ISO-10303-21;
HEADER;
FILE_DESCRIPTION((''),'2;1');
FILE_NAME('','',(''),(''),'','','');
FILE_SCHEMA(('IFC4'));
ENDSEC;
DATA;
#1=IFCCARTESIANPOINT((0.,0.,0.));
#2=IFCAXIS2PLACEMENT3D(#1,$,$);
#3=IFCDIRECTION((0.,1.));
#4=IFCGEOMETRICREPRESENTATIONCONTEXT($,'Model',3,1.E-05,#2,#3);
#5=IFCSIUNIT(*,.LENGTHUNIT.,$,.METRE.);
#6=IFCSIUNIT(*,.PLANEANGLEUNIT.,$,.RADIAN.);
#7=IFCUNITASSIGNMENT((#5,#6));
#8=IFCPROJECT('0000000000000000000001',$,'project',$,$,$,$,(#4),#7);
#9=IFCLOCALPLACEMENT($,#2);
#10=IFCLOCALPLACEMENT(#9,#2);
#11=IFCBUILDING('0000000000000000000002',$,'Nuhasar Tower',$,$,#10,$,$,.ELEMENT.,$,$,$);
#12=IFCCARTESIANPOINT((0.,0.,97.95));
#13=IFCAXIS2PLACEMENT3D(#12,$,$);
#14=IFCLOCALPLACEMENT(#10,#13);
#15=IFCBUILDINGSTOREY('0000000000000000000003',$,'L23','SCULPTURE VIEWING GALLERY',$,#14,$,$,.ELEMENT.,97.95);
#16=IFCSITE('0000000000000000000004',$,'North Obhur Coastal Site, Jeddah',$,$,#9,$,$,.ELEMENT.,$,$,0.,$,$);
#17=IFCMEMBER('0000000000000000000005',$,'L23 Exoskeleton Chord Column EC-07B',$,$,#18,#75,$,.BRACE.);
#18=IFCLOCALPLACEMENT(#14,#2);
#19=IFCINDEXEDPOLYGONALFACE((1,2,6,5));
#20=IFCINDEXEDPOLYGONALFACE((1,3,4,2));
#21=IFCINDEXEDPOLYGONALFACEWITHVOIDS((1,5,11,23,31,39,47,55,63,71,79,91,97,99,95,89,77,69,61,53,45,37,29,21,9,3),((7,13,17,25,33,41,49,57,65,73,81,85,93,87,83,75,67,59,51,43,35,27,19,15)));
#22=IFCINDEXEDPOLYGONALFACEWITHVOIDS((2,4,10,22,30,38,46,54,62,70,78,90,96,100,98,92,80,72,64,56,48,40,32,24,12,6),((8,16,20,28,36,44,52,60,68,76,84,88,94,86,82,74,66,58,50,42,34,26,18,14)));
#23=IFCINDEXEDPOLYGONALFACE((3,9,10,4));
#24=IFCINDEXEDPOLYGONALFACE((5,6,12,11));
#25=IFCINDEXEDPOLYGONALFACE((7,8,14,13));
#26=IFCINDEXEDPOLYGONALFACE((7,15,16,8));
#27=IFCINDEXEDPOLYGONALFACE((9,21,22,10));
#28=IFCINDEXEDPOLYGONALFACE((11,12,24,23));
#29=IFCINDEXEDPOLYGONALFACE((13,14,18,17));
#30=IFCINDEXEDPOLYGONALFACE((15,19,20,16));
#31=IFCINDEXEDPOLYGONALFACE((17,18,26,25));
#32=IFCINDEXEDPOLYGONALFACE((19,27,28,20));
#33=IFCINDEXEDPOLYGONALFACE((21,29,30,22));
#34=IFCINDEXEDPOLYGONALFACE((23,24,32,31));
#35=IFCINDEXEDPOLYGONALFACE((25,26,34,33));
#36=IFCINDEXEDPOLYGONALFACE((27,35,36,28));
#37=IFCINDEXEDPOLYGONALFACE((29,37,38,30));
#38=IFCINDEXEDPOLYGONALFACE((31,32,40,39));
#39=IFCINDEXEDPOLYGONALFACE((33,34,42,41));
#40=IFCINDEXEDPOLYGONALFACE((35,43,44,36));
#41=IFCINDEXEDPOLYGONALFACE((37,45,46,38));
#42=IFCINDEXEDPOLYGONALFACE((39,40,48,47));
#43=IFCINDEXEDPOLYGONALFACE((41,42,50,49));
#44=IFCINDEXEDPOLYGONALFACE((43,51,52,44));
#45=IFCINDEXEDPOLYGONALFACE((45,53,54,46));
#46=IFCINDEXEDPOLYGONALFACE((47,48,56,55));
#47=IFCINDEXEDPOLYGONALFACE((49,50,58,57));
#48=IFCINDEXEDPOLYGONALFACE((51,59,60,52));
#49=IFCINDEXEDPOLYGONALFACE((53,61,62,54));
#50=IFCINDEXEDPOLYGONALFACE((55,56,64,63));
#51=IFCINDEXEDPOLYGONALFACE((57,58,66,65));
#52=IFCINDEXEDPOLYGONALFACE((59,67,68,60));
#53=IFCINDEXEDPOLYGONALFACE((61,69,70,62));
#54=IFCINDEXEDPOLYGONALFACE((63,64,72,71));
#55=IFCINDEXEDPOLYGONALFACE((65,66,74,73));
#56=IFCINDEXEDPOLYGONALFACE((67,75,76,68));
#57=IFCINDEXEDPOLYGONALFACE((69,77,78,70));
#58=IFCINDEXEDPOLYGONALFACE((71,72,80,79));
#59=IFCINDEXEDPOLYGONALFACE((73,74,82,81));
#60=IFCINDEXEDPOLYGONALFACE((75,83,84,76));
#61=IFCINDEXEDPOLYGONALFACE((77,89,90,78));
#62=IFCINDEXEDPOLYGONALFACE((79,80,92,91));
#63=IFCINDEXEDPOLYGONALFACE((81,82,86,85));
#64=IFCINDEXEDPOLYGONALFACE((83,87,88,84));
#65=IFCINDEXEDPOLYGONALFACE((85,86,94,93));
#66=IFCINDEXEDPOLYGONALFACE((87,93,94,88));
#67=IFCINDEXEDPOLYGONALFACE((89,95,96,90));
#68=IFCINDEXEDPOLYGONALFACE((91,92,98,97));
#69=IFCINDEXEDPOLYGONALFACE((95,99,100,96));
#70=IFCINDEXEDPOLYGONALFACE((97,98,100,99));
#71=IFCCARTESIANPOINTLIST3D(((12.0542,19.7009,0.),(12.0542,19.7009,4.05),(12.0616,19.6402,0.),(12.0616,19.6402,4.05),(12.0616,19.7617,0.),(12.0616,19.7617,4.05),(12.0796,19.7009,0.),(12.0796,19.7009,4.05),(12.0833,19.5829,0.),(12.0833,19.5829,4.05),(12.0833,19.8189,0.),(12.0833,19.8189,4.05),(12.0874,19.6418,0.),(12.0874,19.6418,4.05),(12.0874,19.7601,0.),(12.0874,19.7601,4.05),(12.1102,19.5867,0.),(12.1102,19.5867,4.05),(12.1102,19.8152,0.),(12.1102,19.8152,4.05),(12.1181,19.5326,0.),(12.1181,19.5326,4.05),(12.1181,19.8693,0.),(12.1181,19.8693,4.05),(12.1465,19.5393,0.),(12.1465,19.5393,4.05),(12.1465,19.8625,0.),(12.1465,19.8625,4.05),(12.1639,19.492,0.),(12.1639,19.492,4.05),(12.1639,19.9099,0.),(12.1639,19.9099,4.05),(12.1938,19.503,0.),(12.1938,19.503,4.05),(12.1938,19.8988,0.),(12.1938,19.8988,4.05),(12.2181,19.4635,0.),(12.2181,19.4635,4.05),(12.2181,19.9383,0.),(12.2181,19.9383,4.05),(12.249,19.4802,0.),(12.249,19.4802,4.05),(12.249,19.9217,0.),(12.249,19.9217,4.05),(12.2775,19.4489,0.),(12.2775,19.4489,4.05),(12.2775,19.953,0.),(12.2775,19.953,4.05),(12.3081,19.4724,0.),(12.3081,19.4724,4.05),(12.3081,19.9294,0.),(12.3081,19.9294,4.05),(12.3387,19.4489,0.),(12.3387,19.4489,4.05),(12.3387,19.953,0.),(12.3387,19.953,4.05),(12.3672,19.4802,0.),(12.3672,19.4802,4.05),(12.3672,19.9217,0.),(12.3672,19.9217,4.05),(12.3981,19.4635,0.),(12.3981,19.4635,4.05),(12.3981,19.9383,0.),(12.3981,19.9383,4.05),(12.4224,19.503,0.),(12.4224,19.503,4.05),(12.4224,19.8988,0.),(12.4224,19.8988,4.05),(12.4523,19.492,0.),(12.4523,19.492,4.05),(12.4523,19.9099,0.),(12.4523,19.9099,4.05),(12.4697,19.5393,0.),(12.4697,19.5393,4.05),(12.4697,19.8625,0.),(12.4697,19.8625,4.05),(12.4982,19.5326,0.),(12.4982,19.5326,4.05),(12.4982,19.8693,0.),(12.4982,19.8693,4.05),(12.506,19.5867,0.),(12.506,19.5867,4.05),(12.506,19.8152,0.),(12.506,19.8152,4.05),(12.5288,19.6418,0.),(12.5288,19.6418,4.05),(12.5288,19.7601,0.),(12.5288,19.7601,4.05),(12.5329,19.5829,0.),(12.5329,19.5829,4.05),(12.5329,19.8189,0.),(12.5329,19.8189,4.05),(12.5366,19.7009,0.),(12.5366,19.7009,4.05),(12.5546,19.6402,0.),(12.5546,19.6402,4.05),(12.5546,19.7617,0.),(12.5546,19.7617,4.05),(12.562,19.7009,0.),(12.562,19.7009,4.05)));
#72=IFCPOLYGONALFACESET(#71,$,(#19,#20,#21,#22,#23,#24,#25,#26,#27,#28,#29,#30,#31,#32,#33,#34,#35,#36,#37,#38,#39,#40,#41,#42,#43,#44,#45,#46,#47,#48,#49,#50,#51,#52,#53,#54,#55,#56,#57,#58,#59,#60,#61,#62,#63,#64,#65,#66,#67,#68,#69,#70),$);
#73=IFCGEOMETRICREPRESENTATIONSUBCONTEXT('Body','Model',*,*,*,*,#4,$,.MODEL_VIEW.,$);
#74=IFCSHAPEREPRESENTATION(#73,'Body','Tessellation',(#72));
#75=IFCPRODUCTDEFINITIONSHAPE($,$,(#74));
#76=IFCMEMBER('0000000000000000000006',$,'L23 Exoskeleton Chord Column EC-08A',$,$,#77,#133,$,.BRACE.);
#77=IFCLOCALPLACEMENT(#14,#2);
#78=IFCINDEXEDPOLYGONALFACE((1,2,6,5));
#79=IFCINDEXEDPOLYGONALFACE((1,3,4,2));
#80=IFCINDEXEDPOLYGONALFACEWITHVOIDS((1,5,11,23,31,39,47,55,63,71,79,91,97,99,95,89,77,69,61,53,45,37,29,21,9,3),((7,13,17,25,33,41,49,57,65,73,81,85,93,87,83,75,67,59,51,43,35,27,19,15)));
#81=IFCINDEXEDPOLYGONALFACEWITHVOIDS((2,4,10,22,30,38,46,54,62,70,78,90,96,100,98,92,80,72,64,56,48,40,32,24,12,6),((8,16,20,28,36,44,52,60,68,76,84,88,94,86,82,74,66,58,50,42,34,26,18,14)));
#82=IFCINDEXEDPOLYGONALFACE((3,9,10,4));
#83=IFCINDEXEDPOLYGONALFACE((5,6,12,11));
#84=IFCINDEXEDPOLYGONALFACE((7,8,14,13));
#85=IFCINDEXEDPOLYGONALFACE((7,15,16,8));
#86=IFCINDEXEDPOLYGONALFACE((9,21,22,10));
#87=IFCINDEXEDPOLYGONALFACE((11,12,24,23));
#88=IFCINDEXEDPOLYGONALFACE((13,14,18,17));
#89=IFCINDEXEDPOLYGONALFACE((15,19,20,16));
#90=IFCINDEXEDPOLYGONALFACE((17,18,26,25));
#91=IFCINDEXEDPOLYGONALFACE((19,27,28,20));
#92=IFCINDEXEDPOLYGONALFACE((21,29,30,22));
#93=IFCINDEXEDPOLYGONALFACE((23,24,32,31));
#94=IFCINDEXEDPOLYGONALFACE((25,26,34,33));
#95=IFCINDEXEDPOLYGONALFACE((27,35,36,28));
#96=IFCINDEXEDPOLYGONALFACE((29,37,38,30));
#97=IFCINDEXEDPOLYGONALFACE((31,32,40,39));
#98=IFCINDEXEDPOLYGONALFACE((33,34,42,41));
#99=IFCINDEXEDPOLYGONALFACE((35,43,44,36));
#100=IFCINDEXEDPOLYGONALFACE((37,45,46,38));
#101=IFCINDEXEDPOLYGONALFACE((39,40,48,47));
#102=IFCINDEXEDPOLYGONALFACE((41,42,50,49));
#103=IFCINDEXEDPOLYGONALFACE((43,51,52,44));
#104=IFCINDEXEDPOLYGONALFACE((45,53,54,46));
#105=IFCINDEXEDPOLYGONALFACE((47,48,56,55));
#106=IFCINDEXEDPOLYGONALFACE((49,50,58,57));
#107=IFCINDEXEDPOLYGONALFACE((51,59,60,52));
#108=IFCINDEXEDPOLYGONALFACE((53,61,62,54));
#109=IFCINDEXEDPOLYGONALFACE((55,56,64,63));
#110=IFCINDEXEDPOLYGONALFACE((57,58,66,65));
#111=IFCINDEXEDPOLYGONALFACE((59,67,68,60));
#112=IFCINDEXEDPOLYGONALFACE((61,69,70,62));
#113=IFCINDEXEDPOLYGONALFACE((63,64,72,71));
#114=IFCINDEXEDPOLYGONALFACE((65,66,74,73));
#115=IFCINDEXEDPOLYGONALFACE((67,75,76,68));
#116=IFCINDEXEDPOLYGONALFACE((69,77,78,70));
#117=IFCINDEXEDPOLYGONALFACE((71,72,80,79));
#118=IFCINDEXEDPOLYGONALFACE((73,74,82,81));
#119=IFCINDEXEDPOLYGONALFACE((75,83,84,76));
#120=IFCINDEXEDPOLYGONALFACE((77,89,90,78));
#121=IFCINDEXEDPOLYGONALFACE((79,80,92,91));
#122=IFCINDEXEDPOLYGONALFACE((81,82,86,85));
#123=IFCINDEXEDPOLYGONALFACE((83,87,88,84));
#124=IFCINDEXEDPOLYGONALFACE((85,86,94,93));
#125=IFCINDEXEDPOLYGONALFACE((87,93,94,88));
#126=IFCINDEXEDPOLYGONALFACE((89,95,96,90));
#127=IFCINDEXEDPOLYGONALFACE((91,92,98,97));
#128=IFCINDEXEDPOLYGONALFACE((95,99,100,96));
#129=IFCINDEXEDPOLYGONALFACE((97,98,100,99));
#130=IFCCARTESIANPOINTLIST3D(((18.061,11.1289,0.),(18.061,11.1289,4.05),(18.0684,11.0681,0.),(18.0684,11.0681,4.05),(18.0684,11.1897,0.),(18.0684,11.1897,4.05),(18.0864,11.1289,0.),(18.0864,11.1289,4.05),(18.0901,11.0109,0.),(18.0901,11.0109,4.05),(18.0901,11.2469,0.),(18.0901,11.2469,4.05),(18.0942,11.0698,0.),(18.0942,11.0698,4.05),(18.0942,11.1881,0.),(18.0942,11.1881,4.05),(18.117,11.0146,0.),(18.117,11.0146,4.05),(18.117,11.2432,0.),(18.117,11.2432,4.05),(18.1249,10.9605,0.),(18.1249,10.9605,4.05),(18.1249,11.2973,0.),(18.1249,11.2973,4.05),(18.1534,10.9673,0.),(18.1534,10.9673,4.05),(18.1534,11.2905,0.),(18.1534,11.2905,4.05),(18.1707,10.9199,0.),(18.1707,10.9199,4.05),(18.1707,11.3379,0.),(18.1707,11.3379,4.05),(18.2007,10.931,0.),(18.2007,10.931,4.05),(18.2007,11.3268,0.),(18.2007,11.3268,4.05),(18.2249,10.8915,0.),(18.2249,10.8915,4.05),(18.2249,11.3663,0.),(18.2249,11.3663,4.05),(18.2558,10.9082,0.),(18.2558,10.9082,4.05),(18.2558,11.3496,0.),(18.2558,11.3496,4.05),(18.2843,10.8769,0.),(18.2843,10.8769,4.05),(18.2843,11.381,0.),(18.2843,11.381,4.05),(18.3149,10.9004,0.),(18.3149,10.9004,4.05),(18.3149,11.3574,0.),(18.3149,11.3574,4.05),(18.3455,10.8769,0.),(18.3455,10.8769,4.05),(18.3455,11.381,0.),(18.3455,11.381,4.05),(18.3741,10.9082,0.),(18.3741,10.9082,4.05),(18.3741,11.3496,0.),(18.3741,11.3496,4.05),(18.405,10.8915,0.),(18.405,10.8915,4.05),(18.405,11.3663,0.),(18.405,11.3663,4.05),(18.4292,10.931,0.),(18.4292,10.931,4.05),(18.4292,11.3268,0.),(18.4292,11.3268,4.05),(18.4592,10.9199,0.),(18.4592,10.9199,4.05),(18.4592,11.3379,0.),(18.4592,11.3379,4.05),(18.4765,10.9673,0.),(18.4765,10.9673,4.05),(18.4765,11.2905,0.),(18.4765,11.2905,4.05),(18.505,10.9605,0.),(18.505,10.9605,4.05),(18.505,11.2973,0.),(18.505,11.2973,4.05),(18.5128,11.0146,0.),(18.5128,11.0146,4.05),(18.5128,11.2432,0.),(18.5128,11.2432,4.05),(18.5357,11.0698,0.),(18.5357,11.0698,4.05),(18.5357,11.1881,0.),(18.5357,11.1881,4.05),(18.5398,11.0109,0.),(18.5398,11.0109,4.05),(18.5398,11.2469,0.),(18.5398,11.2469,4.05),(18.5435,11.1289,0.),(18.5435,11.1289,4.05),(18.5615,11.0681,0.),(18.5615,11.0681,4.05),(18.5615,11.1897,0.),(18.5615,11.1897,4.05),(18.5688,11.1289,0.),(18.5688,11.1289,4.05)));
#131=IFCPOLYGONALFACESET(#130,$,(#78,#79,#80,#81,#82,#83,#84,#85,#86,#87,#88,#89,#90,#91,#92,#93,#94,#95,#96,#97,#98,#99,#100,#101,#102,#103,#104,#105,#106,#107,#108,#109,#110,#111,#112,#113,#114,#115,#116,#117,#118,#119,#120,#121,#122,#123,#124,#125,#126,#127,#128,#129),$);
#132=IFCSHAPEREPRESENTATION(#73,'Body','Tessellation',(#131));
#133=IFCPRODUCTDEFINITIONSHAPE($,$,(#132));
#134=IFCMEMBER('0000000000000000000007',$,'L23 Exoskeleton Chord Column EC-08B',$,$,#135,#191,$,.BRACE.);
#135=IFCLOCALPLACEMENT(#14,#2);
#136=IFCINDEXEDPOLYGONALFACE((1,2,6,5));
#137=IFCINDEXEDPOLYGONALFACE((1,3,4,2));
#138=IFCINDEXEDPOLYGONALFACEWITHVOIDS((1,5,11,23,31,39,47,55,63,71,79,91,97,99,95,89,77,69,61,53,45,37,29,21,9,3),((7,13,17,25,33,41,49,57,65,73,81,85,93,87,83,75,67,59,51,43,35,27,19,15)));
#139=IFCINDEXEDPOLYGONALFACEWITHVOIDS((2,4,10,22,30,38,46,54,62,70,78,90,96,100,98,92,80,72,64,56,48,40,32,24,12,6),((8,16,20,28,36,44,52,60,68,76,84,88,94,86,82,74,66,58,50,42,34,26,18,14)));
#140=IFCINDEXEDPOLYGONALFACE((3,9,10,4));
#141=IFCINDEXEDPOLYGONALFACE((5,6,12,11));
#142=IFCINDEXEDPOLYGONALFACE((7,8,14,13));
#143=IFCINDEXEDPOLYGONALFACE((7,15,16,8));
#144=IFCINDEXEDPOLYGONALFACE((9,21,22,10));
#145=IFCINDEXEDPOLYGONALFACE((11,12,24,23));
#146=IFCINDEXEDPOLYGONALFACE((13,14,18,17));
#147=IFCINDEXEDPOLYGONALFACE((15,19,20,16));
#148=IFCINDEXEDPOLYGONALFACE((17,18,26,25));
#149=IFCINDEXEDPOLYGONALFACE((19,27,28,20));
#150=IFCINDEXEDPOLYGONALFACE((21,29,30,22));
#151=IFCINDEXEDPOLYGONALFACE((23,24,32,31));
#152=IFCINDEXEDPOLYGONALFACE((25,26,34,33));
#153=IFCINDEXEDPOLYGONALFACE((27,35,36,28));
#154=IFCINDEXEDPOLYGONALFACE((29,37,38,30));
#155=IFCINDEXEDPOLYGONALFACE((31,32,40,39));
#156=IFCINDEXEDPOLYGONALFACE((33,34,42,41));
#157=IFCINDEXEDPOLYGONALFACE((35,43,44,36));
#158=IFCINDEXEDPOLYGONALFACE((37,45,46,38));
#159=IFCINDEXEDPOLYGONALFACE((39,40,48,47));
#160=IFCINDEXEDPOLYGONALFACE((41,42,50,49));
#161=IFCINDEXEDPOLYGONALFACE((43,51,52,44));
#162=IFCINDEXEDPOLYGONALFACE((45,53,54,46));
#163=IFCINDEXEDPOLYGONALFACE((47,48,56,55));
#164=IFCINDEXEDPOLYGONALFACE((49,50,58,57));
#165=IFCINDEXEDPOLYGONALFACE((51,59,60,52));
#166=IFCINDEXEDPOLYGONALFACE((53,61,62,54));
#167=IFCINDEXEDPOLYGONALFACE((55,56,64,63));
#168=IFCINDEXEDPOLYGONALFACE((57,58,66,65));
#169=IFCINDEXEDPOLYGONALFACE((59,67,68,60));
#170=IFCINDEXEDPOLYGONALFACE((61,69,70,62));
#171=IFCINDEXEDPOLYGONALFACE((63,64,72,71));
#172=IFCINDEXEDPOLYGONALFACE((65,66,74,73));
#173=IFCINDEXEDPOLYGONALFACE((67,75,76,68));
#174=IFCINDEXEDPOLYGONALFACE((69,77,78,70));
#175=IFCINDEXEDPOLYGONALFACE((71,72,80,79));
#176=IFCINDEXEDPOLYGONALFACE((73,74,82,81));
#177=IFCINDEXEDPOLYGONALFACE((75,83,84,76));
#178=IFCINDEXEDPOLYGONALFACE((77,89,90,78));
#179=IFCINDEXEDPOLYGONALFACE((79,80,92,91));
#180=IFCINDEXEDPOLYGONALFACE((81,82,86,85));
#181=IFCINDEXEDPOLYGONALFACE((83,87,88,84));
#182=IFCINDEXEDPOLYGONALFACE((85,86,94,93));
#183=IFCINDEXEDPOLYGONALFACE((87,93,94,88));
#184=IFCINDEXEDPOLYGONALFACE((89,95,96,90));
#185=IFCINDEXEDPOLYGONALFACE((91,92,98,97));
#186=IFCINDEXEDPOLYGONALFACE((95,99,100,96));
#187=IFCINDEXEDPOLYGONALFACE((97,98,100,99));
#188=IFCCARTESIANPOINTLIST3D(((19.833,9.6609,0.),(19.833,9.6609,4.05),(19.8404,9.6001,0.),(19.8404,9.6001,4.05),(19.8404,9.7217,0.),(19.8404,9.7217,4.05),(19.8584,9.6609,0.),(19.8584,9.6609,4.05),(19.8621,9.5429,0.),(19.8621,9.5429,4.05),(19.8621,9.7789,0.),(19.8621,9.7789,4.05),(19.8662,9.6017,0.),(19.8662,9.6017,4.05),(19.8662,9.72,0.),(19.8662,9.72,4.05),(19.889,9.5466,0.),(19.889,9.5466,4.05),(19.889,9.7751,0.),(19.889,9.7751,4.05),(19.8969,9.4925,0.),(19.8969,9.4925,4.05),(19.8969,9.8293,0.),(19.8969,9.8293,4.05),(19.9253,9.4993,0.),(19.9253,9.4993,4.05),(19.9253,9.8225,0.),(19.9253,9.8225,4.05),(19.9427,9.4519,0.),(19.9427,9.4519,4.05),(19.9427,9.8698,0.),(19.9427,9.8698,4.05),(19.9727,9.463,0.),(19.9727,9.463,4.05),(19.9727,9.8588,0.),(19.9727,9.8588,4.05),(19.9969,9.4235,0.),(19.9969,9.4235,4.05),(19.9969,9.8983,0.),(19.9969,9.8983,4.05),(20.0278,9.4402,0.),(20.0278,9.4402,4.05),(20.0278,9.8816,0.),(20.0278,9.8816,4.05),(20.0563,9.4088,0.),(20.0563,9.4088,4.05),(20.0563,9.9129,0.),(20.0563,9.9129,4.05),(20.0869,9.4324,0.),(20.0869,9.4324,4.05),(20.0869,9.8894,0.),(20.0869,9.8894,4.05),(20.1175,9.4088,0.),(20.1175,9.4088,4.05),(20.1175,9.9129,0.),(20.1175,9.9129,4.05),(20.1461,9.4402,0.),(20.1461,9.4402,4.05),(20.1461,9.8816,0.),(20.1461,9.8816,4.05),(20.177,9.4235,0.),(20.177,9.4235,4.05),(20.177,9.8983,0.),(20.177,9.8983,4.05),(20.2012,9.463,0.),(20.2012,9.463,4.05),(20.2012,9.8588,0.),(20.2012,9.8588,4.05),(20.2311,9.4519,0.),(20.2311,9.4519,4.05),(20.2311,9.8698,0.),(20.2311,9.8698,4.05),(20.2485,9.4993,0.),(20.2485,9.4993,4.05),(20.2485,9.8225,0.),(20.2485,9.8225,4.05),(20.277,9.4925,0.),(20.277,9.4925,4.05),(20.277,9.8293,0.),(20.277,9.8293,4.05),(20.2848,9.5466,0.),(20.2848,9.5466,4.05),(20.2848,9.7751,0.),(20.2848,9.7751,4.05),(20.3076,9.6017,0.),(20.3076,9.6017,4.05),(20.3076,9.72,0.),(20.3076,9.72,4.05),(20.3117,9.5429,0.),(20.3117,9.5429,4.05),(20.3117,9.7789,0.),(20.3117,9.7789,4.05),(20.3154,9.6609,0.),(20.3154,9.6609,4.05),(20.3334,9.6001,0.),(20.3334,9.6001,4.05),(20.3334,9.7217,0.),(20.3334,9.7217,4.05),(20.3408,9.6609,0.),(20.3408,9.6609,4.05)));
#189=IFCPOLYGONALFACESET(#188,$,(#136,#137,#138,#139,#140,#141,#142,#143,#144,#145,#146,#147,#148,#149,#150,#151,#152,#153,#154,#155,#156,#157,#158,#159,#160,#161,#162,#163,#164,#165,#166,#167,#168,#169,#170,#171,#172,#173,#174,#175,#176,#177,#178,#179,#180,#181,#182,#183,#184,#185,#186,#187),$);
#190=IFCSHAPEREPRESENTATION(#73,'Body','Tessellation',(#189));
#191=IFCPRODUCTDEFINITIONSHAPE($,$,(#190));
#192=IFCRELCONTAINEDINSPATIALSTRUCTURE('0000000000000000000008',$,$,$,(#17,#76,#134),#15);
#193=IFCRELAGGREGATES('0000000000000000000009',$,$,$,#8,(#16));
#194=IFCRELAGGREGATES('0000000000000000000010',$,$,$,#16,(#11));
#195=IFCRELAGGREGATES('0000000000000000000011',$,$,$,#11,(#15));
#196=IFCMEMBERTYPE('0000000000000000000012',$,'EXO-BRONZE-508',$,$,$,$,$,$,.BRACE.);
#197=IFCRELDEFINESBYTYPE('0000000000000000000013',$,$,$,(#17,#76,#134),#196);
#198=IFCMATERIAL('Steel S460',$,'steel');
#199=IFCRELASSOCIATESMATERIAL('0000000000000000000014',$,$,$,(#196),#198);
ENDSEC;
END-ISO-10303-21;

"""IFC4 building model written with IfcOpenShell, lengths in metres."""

from ifc_helpers import new_model, si_unit, direction, frame, origin, origin_2d, place, context, subcontext, project, spatial, hollow_circle, extrude, material, material_profile, profile_set, type_object, element, save


model = new_model("IFC4")

# Units and contexts
model_context = context("Model", 3, precision=1e-05, world=origin(), true_north=direction((0.0, 1.0)))
body_context = subcontext(model_context, "Body", "Model", "MODEL_VIEW")
ifc_project = project(units=[si_unit("LENGTHUNIT", "METRE"), si_unit("PLANEANGLEUNIT", "RADIAN")], contexts=[model_context])

# Site, building, storey
site_placement = place(None, origin())
site = spatial("IfcSite", under=ifc_project, at=site_placement, Name="North Obhur Coastal Site, Jeddah", CompositionType="ELEMENT", RefElevation=0.0)
building_placement = place(site_placement, origin())
building = spatial("IfcBuilding", under=site, at=building_placement, Name="Nuhasar Tower", CompositionType="ELEMENT")
storey_placement = place(building_placement, frame((0.0, 0.0, 97.95)))
storey = spatial("IfcBuildingStorey", under=building, at=storey_placement, Name="L23", Description="SCULPTURE VIEWING GALLERY", CompositionType="ELEMENT", Elevation=97.95)

# Members
ifc_material_1 = material(Name="Steel S460", Category="steel")
ifc_material_profile_1 = material_profile(ifc_material_1, hollow_circle(Radius=0.2539, WallThickness=0.0254, at=origin_2d()), Name="HSS508X25.4")
ifc_profile_set_1 = profile_set([ifc_material_profile_1], Name="Steel S460")
member_type_1 = type_object("IfcMemberType", Name="EXO-BRONZE-508", PredefinedType="BRACE", material=ifc_profile_set_1)
for number, where, z_axis, x_axis, name in (
    (1, (12.3081, 19.7009, 0.0), (0.0, 0.0, 1.0), (1.0, 0.0, 0.0), "L23 Exoskeleton Chord Column EC-07B"),
    (2, (18.3149, 11.1289, 0.0), (0.0, 0.0, 1.0), (1.0, 0.0, 0.0), "L23 Exoskeleton Chord Column EC-08A"),
    (3, (20.0869, 9.6609, 0.0), (0.0, 0.0, 1.0), (1.0, 0.0, 0.0), "L23 Exoskeleton Chord Column EC-08B"),
):
    element("IfcMember", number, at=place(storey_placement, frame(where, z_axis=z_axis, x_axis=x_axis)), inside=storey, type_object=member_type_1, Name=name, PredefinedType="BRACE", context=body_context, shape_type="SweptSolid", body=[
        extrude(hollow_circle(Radius=0.2539, WallThickness=0.0254, at=origin_2d()), origin(), (0.0, 0.0, 1.0), 4.05),
    ])

save(model, "model.ifc")
